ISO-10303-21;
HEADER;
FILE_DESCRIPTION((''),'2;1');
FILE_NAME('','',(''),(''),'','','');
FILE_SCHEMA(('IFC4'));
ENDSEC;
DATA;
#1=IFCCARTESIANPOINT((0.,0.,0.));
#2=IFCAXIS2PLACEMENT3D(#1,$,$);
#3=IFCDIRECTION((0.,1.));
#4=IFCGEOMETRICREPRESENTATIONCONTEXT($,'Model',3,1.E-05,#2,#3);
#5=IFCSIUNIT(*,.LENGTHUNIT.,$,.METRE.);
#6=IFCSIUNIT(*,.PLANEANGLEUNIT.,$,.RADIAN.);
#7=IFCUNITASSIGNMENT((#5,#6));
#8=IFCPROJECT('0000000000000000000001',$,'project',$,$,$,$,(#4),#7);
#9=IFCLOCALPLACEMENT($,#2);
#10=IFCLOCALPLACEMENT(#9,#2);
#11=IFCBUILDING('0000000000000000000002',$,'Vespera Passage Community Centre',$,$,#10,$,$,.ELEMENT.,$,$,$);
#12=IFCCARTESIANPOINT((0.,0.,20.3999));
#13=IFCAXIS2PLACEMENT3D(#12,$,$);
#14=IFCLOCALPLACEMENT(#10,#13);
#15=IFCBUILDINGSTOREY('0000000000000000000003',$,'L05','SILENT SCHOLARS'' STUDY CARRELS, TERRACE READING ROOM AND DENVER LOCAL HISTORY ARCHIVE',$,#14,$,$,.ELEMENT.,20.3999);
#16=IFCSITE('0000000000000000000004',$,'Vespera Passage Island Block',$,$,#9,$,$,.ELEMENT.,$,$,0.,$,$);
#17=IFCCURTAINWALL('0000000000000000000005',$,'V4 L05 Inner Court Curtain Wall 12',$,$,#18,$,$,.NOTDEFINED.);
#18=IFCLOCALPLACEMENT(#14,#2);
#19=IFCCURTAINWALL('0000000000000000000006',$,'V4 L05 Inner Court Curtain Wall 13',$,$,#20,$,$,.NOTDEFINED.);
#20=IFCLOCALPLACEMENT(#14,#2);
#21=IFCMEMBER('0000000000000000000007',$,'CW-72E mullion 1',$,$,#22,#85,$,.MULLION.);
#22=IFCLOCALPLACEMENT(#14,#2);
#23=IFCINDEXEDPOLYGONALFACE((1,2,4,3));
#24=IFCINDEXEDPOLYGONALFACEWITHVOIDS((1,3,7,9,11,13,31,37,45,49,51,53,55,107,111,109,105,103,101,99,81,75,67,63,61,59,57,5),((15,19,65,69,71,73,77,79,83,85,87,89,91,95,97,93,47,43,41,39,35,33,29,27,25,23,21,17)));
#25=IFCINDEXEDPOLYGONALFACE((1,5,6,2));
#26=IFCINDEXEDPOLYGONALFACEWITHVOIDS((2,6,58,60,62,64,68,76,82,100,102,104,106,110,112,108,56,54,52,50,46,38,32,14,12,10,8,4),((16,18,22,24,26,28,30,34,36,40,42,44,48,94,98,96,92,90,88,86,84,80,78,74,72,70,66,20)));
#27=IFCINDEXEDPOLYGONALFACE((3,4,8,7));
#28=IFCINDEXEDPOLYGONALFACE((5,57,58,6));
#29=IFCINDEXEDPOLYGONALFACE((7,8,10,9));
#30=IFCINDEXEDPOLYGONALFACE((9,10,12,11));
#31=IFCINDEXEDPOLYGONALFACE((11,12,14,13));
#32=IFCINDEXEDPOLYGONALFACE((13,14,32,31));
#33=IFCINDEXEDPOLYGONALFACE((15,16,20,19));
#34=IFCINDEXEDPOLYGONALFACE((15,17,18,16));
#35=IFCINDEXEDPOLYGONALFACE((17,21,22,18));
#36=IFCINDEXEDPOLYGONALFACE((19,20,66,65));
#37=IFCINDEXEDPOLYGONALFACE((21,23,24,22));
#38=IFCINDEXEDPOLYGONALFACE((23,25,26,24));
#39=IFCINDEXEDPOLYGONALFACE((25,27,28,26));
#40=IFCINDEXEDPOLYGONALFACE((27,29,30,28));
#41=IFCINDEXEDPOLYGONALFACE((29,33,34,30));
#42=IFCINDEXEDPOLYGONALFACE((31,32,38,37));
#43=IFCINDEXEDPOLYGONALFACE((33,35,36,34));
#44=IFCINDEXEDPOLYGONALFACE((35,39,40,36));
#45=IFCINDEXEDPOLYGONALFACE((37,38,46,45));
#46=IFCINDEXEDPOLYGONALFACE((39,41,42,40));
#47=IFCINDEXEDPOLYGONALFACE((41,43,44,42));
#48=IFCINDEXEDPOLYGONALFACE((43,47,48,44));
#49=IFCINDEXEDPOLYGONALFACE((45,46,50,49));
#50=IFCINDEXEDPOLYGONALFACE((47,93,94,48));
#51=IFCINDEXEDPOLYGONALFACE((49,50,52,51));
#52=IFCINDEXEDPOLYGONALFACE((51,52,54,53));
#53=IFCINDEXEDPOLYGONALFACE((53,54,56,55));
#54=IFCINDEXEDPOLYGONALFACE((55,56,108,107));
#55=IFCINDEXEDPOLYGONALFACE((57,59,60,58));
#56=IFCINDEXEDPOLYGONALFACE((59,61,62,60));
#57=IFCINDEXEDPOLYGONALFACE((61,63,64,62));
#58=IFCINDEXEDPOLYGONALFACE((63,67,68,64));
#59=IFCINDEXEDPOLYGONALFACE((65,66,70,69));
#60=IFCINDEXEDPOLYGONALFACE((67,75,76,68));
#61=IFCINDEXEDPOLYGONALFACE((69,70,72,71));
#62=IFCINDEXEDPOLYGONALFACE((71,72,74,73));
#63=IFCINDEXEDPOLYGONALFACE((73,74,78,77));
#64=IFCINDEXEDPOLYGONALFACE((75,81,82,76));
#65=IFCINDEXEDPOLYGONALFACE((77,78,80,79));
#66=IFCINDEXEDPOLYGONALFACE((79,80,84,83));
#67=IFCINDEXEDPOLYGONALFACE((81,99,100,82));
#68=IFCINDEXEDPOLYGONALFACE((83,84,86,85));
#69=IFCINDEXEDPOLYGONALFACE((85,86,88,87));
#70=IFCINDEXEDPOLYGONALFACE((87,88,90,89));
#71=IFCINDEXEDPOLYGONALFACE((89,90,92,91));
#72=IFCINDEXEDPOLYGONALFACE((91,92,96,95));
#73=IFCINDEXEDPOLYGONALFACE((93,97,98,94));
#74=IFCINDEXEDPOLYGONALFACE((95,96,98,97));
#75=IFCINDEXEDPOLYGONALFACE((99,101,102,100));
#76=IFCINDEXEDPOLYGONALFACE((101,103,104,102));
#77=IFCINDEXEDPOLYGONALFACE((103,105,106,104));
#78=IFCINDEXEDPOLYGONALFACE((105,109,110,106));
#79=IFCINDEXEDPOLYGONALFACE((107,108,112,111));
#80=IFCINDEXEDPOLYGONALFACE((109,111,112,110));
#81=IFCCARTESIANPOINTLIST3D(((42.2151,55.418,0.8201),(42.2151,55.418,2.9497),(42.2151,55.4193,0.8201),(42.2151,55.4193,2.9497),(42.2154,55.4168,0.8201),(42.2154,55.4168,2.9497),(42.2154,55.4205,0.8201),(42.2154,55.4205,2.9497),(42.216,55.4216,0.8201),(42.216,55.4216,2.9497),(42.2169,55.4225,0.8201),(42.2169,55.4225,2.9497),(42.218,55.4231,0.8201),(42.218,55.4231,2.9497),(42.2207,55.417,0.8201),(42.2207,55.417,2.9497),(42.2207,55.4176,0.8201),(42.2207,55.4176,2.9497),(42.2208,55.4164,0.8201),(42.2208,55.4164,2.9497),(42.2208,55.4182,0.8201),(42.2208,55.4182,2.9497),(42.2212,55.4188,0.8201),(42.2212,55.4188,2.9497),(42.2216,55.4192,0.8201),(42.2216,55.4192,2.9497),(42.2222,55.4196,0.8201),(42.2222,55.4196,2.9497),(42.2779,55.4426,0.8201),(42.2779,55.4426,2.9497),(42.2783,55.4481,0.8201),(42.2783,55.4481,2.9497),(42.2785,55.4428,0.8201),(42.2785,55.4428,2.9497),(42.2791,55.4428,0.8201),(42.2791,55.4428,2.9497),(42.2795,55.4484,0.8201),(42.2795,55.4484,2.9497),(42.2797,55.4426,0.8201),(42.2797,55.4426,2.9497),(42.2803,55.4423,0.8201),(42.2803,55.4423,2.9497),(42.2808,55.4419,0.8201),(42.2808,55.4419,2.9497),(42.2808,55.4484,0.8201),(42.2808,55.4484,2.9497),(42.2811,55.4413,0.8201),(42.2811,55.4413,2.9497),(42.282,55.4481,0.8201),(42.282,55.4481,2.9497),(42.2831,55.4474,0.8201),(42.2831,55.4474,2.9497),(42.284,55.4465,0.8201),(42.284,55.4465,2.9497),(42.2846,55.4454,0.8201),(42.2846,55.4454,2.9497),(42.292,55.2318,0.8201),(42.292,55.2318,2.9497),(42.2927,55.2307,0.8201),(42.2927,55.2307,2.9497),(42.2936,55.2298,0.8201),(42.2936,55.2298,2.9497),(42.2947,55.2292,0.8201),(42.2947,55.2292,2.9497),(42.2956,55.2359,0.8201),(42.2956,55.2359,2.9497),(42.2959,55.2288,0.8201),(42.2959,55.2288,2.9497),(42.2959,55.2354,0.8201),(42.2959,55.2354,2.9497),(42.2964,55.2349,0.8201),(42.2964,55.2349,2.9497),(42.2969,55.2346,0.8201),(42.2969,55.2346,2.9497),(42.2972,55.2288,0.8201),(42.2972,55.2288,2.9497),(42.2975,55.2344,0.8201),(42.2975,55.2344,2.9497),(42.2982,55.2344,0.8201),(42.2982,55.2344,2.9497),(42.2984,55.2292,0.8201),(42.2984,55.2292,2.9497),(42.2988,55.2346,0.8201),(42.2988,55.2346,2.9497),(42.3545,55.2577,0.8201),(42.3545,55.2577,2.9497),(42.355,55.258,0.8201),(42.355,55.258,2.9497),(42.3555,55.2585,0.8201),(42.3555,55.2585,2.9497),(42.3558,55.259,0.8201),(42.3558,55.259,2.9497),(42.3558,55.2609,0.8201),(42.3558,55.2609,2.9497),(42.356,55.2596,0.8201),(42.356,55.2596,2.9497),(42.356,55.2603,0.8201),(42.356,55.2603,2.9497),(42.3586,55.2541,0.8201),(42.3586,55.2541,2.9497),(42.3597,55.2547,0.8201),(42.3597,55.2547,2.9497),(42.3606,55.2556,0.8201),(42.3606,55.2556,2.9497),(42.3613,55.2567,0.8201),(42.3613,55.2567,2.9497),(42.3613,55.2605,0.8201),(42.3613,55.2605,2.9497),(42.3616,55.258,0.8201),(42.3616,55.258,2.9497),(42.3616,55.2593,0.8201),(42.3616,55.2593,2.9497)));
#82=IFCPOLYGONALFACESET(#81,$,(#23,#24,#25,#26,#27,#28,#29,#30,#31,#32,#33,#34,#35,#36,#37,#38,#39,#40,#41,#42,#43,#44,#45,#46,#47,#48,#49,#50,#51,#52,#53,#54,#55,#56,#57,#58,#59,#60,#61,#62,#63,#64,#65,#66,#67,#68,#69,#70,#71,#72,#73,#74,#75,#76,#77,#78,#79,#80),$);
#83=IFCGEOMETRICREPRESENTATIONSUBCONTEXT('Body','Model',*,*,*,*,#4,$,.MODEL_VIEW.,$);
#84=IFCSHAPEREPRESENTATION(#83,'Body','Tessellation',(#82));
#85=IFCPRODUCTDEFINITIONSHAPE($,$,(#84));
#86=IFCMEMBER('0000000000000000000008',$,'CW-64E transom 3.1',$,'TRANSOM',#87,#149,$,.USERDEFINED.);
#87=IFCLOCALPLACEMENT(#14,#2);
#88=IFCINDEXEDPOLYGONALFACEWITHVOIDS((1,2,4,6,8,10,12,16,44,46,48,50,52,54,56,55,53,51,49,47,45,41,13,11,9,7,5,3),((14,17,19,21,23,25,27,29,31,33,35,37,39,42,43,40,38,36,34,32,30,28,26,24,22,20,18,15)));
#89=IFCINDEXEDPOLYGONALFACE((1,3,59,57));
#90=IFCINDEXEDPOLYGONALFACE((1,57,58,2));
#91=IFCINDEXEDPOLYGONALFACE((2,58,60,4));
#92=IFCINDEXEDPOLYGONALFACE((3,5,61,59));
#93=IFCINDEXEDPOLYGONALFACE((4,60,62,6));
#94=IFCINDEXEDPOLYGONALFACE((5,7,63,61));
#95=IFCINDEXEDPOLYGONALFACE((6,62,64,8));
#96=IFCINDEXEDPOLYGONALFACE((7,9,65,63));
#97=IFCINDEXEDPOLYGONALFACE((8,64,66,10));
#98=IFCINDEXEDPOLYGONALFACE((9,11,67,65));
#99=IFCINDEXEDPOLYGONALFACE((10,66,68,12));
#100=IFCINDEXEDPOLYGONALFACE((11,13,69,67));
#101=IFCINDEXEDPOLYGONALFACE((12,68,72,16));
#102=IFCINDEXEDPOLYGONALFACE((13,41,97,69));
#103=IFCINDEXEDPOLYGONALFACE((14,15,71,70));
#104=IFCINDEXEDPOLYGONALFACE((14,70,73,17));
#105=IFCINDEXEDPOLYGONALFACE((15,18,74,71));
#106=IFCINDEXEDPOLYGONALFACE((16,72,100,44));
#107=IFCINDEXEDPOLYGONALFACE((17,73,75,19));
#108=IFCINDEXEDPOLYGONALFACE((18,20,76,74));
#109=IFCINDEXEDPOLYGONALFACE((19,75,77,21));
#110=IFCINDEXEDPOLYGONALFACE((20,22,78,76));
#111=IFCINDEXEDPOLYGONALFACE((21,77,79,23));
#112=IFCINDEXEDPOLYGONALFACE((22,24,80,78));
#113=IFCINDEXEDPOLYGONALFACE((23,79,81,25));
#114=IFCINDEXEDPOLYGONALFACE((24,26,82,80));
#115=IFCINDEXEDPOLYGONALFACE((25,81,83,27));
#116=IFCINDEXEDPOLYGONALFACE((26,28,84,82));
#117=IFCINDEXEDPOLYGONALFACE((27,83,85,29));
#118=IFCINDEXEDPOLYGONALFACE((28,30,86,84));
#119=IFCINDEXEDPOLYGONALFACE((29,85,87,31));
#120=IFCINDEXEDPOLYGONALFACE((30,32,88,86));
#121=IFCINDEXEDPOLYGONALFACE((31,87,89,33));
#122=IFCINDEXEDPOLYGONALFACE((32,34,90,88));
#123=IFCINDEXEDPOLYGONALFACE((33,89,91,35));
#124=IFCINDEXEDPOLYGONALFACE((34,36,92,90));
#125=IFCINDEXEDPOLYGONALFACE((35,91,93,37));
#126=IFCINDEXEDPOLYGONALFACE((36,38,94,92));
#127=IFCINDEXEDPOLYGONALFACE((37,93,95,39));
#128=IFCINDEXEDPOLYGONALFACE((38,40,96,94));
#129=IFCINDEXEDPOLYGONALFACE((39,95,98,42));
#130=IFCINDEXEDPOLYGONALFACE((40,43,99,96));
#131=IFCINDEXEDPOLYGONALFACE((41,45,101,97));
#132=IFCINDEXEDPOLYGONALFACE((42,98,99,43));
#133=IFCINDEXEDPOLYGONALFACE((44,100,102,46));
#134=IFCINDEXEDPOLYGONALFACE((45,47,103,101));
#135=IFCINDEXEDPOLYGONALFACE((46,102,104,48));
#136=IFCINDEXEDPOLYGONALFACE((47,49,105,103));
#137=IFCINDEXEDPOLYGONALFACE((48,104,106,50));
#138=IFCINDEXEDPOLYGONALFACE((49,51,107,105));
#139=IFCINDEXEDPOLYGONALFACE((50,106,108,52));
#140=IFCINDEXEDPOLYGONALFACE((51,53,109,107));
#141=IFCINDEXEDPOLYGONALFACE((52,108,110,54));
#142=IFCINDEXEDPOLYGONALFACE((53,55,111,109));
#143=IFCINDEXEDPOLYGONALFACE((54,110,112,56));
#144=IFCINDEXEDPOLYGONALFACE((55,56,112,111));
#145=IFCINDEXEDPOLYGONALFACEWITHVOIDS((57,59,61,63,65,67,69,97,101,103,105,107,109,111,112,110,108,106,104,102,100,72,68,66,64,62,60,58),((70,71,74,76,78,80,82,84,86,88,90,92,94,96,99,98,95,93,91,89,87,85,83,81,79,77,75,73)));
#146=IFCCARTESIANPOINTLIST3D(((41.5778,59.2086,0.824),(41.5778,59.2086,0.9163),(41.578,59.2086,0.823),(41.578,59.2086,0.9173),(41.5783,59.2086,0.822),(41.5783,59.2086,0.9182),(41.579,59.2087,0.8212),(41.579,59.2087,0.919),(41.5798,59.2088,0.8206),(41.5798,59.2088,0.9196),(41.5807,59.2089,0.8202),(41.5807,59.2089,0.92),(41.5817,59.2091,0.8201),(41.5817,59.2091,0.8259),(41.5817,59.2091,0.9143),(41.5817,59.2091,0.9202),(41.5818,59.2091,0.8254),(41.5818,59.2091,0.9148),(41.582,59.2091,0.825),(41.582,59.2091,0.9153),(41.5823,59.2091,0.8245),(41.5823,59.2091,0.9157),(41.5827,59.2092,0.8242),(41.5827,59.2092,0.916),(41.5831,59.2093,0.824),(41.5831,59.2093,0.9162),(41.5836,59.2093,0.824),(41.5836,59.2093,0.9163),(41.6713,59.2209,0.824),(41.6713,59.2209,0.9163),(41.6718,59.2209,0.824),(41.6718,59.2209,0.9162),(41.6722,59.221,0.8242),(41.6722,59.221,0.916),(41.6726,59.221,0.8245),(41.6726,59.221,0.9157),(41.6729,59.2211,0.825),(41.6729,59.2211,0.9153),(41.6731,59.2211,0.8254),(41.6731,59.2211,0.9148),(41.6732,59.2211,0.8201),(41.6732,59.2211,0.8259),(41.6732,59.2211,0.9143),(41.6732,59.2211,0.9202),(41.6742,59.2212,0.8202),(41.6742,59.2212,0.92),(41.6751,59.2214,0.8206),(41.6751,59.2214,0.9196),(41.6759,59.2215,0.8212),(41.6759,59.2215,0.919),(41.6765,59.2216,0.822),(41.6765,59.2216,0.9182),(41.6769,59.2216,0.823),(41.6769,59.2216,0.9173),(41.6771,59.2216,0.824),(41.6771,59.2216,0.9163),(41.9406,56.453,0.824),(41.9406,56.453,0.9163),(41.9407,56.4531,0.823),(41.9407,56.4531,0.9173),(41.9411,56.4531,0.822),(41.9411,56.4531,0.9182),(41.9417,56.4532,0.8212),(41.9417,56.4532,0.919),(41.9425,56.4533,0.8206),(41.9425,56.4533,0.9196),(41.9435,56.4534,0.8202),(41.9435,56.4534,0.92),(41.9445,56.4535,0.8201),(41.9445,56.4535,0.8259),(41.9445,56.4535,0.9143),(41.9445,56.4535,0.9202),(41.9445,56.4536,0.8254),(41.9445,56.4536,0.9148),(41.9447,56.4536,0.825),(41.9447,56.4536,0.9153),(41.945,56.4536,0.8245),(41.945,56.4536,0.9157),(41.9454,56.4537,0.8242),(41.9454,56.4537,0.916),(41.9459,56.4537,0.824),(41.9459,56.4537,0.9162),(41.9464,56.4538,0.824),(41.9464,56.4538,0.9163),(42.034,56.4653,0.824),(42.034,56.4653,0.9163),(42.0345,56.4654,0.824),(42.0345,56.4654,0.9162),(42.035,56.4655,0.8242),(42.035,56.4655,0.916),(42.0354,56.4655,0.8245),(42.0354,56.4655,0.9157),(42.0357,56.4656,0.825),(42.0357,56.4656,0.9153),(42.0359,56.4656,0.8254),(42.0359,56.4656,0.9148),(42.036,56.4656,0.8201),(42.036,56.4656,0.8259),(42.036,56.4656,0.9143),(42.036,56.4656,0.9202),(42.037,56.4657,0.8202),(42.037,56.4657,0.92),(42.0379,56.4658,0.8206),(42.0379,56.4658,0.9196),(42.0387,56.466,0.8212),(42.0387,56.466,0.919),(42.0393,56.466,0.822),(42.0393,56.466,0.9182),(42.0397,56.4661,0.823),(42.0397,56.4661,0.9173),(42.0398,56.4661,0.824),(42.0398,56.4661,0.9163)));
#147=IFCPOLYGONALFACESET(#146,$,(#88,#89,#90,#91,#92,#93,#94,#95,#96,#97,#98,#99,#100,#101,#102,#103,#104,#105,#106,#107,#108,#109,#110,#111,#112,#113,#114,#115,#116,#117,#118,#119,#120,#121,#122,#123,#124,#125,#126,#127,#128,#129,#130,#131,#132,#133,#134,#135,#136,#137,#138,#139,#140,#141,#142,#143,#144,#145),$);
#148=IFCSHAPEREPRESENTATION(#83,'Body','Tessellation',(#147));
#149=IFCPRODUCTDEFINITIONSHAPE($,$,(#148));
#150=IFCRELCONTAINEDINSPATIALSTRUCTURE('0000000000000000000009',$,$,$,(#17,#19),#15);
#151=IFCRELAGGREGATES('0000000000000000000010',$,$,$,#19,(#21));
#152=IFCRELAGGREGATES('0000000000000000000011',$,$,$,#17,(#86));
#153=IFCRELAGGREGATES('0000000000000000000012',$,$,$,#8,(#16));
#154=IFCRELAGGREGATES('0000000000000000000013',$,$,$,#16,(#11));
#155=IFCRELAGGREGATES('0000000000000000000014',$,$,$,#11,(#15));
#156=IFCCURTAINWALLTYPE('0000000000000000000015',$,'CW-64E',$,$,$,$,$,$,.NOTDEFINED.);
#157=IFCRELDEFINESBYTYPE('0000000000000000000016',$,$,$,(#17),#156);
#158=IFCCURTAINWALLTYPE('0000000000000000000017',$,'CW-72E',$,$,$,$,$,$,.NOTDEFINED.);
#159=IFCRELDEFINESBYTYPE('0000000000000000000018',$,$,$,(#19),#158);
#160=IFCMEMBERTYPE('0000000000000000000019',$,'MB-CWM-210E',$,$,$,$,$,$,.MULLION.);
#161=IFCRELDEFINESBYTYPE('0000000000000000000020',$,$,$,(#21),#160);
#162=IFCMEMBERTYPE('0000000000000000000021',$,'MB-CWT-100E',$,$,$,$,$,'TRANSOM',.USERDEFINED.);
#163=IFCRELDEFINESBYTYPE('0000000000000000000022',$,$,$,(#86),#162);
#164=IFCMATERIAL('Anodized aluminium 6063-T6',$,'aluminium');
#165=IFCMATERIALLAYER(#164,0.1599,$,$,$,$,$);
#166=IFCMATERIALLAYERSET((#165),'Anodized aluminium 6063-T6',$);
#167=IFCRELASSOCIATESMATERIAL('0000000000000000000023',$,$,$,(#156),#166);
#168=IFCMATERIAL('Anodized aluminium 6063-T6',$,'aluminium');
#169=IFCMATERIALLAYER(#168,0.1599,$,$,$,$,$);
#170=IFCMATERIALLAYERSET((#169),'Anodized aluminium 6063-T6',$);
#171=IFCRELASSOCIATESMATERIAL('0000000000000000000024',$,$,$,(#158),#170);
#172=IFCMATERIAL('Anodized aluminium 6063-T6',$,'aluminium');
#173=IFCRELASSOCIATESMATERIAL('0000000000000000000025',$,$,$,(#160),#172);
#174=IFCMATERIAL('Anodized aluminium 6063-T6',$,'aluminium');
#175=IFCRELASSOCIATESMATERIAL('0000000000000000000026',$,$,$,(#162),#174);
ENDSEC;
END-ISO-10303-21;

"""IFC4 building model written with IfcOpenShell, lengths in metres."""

from ifc_helpers import new_model, si_unit, direction, frame, origin, origin_2d, place, context, subcontext, project, spatial, hollow_rectangle, extrude, material, layer, layer_set, material_profile, profile_set, type_object, element, aggregate, save


model = new_model("IFC4")

# Units and contexts
model_context = context("Model", 3, precision=1e-05, world=origin(), true_north=direction((0.0, 1.0)))
body_context = subcontext(model_context, "Body", "Model", "MODEL_VIEW")
ifc_project = project(units=[si_unit("LENGTHUNIT", "METRE"), si_unit("PLANEANGLEUNIT", "RADIAN")], contexts=[model_context])

# Site, building, storey
site_placement = place(None, origin())
site = spatial("IfcSite", under=ifc_project, at=site_placement, Name="Vespera Passage Island Block", CompositionType="ELEMENT", RefElevation=0.0)
building_placement = place(site_placement, origin())
building = spatial("IfcBuilding", under=site, at=building_placement, Name="Vespera Passage Community Centre", CompositionType="ELEMENT")
storey_placement = place(building_placement, frame((0.0, 0.0, 20.3999)))
storey = spatial("IfcBuildingStorey", under=building, at=storey_placement, Name="L05", Description="SILENT SCHOLARS' STUDY CARRELS, TERRACE READING ROOM AND DENVER LOCAL HISTORY ARCHIVE", CompositionType="ELEMENT", Elevation=20.3999)

# Curtain wall
ifc_material_1 = material(Name="Anodized aluminium 6063-T6", Category="aluminium")
ifc_layer_1 = layer(ifc_material_1, 0.1599)
ifc_layer_set_1 = layer_set([ifc_layer_1], Name="Anodized aluminium 6063-T6")
curtain_wall_type_1 = type_object("IfcCurtainWallType", Name="CW-64E", PredefinedType="NOTDEFINED", material=ifc_layer_set_1)
curtain_wall_1_placement = place(storey_placement, origin())
curtain_wall_1 = element("IfcCurtainWall", 1, at=curtain_wall_1_placement, inside=storey, type_object=curtain_wall_type_1, Name="V4 L05 Inner Court Curtain Wall 12", PredefinedType="NOTDEFINED")

# Curtain wall, member
ifc_material_2 = material(Name="Anodized aluminium 6063-T6", Category="aluminium")
ifc_layer_2 = layer(ifc_material_2, 0.1599)
ifc_layer_set_2 = layer_set([ifc_layer_2], Name="Anodized aluminium 6063-T6")
curtain_wall_type_2 = type_object("IfcCurtainWallType", Name="CW-72E", PredefinedType="NOTDEFINED", material=ifc_layer_set_2)
curtain_wall_2_placement = place(storey_placement, origin())
curtain_wall_2 = element("IfcCurtainWall", 2, at=curtain_wall_2_placement, inside=storey, type_object=curtain_wall_type_2, Name="V4 L05 Inner Court Curtain Wall 13", PredefinedType="NOTDEFINED")
ifc_material_3 = material(Name="Anodized aluminium 6063-T6", Category="aluminium")
ifc_material_profile_1 = material_profile(ifc_material_3, hollow_rectangle(XDim=0.075, YDim=0.21, WallThickness=0.0049, InnerFilletRadius=0.0024, OuterFilletRadius=0.0049, at=origin_2d()), Name="ALU210X75X5")
ifc_profile_set_1 = profile_set([ifc_material_profile_1], Name="Anodized aluminium 6063-T6")
member_type_1 = type_object("IfcMemberType", Name="MB-CWM-210E", PredefinedType="MULLION", material=ifc_profile_set_1)
member_1_placement = place(storey_placement, frame((42.2883, 55.3386, 0.8201), z_axis=(0.0, 0.0, 1.0), x_axis=(0.923877, 0.38269, 0.0)))
member_1 = element("IfcMember", 3, at=member_1_placement, type_object=member_type_1, Name="CW-72E mullion 1", PredefinedType="MULLION", context=body_context, shape_type="SweptSolid", body=[
    extrude(hollow_rectangle(XDim=0.075, YDim=0.21, WallThickness=0.0049, InnerFilletRadius=0.0024, OuterFilletRadius=0.0049, at=origin_2d()), origin(), (0.0, 0.0, 1.0), 2.1296),
])

# Member
ifc_material_4 = material(Name="Anodized aluminium 6063-T6", Category="aluminium")
ifc_material_profile_2 = material_profile(ifc_material_4, hollow_rectangle(XDim=0.1001, YDim=0.1001, WallThickness=0.0039, InnerFilletRadius=0.002, OuterFilletRadius=0.0039, at=origin_2d()), Name="ALU100X100X4")
ifc_profile_set_2 = profile_set([ifc_material_profile_2], Name="Anodized aluminium 6063-T6")
member_type_2 = type_object("IfcMemberType", Name="MB-CWT-100E", ElementType="TRANSOM", PredefinedType="USERDEFINED", material=ifc_profile_set_2)
member_2_placement = place(storey_placement, frame((41.6274, 59.2151, 0.8701), z_axis=(0.130529, -0.991444, 0.0), x_axis=(0.991444, 0.130529, 0.0)))
member_2 = element("IfcMember", 4, at=member_2_placement, type_object=member_type_2, Name="CW-64E transom 3.1", ObjectType="TRANSOM", PredefinedType="USERDEFINED", context=body_context, shape_type="SweptSolid", body=[
    extrude(hollow_rectangle(XDim=0.1001, YDim=0.1001, WallThickness=0.0039, InnerFilletRadius=0.002, OuterFilletRadius=0.0039, at=origin_2d()), origin(), (0.0, 0.0, 1.0), 2.7793),
])
aggregate(curtain_wall_2, [member_1])

aggregate(curtain_wall_1, [member_2])

save(model, "model.ifc")
